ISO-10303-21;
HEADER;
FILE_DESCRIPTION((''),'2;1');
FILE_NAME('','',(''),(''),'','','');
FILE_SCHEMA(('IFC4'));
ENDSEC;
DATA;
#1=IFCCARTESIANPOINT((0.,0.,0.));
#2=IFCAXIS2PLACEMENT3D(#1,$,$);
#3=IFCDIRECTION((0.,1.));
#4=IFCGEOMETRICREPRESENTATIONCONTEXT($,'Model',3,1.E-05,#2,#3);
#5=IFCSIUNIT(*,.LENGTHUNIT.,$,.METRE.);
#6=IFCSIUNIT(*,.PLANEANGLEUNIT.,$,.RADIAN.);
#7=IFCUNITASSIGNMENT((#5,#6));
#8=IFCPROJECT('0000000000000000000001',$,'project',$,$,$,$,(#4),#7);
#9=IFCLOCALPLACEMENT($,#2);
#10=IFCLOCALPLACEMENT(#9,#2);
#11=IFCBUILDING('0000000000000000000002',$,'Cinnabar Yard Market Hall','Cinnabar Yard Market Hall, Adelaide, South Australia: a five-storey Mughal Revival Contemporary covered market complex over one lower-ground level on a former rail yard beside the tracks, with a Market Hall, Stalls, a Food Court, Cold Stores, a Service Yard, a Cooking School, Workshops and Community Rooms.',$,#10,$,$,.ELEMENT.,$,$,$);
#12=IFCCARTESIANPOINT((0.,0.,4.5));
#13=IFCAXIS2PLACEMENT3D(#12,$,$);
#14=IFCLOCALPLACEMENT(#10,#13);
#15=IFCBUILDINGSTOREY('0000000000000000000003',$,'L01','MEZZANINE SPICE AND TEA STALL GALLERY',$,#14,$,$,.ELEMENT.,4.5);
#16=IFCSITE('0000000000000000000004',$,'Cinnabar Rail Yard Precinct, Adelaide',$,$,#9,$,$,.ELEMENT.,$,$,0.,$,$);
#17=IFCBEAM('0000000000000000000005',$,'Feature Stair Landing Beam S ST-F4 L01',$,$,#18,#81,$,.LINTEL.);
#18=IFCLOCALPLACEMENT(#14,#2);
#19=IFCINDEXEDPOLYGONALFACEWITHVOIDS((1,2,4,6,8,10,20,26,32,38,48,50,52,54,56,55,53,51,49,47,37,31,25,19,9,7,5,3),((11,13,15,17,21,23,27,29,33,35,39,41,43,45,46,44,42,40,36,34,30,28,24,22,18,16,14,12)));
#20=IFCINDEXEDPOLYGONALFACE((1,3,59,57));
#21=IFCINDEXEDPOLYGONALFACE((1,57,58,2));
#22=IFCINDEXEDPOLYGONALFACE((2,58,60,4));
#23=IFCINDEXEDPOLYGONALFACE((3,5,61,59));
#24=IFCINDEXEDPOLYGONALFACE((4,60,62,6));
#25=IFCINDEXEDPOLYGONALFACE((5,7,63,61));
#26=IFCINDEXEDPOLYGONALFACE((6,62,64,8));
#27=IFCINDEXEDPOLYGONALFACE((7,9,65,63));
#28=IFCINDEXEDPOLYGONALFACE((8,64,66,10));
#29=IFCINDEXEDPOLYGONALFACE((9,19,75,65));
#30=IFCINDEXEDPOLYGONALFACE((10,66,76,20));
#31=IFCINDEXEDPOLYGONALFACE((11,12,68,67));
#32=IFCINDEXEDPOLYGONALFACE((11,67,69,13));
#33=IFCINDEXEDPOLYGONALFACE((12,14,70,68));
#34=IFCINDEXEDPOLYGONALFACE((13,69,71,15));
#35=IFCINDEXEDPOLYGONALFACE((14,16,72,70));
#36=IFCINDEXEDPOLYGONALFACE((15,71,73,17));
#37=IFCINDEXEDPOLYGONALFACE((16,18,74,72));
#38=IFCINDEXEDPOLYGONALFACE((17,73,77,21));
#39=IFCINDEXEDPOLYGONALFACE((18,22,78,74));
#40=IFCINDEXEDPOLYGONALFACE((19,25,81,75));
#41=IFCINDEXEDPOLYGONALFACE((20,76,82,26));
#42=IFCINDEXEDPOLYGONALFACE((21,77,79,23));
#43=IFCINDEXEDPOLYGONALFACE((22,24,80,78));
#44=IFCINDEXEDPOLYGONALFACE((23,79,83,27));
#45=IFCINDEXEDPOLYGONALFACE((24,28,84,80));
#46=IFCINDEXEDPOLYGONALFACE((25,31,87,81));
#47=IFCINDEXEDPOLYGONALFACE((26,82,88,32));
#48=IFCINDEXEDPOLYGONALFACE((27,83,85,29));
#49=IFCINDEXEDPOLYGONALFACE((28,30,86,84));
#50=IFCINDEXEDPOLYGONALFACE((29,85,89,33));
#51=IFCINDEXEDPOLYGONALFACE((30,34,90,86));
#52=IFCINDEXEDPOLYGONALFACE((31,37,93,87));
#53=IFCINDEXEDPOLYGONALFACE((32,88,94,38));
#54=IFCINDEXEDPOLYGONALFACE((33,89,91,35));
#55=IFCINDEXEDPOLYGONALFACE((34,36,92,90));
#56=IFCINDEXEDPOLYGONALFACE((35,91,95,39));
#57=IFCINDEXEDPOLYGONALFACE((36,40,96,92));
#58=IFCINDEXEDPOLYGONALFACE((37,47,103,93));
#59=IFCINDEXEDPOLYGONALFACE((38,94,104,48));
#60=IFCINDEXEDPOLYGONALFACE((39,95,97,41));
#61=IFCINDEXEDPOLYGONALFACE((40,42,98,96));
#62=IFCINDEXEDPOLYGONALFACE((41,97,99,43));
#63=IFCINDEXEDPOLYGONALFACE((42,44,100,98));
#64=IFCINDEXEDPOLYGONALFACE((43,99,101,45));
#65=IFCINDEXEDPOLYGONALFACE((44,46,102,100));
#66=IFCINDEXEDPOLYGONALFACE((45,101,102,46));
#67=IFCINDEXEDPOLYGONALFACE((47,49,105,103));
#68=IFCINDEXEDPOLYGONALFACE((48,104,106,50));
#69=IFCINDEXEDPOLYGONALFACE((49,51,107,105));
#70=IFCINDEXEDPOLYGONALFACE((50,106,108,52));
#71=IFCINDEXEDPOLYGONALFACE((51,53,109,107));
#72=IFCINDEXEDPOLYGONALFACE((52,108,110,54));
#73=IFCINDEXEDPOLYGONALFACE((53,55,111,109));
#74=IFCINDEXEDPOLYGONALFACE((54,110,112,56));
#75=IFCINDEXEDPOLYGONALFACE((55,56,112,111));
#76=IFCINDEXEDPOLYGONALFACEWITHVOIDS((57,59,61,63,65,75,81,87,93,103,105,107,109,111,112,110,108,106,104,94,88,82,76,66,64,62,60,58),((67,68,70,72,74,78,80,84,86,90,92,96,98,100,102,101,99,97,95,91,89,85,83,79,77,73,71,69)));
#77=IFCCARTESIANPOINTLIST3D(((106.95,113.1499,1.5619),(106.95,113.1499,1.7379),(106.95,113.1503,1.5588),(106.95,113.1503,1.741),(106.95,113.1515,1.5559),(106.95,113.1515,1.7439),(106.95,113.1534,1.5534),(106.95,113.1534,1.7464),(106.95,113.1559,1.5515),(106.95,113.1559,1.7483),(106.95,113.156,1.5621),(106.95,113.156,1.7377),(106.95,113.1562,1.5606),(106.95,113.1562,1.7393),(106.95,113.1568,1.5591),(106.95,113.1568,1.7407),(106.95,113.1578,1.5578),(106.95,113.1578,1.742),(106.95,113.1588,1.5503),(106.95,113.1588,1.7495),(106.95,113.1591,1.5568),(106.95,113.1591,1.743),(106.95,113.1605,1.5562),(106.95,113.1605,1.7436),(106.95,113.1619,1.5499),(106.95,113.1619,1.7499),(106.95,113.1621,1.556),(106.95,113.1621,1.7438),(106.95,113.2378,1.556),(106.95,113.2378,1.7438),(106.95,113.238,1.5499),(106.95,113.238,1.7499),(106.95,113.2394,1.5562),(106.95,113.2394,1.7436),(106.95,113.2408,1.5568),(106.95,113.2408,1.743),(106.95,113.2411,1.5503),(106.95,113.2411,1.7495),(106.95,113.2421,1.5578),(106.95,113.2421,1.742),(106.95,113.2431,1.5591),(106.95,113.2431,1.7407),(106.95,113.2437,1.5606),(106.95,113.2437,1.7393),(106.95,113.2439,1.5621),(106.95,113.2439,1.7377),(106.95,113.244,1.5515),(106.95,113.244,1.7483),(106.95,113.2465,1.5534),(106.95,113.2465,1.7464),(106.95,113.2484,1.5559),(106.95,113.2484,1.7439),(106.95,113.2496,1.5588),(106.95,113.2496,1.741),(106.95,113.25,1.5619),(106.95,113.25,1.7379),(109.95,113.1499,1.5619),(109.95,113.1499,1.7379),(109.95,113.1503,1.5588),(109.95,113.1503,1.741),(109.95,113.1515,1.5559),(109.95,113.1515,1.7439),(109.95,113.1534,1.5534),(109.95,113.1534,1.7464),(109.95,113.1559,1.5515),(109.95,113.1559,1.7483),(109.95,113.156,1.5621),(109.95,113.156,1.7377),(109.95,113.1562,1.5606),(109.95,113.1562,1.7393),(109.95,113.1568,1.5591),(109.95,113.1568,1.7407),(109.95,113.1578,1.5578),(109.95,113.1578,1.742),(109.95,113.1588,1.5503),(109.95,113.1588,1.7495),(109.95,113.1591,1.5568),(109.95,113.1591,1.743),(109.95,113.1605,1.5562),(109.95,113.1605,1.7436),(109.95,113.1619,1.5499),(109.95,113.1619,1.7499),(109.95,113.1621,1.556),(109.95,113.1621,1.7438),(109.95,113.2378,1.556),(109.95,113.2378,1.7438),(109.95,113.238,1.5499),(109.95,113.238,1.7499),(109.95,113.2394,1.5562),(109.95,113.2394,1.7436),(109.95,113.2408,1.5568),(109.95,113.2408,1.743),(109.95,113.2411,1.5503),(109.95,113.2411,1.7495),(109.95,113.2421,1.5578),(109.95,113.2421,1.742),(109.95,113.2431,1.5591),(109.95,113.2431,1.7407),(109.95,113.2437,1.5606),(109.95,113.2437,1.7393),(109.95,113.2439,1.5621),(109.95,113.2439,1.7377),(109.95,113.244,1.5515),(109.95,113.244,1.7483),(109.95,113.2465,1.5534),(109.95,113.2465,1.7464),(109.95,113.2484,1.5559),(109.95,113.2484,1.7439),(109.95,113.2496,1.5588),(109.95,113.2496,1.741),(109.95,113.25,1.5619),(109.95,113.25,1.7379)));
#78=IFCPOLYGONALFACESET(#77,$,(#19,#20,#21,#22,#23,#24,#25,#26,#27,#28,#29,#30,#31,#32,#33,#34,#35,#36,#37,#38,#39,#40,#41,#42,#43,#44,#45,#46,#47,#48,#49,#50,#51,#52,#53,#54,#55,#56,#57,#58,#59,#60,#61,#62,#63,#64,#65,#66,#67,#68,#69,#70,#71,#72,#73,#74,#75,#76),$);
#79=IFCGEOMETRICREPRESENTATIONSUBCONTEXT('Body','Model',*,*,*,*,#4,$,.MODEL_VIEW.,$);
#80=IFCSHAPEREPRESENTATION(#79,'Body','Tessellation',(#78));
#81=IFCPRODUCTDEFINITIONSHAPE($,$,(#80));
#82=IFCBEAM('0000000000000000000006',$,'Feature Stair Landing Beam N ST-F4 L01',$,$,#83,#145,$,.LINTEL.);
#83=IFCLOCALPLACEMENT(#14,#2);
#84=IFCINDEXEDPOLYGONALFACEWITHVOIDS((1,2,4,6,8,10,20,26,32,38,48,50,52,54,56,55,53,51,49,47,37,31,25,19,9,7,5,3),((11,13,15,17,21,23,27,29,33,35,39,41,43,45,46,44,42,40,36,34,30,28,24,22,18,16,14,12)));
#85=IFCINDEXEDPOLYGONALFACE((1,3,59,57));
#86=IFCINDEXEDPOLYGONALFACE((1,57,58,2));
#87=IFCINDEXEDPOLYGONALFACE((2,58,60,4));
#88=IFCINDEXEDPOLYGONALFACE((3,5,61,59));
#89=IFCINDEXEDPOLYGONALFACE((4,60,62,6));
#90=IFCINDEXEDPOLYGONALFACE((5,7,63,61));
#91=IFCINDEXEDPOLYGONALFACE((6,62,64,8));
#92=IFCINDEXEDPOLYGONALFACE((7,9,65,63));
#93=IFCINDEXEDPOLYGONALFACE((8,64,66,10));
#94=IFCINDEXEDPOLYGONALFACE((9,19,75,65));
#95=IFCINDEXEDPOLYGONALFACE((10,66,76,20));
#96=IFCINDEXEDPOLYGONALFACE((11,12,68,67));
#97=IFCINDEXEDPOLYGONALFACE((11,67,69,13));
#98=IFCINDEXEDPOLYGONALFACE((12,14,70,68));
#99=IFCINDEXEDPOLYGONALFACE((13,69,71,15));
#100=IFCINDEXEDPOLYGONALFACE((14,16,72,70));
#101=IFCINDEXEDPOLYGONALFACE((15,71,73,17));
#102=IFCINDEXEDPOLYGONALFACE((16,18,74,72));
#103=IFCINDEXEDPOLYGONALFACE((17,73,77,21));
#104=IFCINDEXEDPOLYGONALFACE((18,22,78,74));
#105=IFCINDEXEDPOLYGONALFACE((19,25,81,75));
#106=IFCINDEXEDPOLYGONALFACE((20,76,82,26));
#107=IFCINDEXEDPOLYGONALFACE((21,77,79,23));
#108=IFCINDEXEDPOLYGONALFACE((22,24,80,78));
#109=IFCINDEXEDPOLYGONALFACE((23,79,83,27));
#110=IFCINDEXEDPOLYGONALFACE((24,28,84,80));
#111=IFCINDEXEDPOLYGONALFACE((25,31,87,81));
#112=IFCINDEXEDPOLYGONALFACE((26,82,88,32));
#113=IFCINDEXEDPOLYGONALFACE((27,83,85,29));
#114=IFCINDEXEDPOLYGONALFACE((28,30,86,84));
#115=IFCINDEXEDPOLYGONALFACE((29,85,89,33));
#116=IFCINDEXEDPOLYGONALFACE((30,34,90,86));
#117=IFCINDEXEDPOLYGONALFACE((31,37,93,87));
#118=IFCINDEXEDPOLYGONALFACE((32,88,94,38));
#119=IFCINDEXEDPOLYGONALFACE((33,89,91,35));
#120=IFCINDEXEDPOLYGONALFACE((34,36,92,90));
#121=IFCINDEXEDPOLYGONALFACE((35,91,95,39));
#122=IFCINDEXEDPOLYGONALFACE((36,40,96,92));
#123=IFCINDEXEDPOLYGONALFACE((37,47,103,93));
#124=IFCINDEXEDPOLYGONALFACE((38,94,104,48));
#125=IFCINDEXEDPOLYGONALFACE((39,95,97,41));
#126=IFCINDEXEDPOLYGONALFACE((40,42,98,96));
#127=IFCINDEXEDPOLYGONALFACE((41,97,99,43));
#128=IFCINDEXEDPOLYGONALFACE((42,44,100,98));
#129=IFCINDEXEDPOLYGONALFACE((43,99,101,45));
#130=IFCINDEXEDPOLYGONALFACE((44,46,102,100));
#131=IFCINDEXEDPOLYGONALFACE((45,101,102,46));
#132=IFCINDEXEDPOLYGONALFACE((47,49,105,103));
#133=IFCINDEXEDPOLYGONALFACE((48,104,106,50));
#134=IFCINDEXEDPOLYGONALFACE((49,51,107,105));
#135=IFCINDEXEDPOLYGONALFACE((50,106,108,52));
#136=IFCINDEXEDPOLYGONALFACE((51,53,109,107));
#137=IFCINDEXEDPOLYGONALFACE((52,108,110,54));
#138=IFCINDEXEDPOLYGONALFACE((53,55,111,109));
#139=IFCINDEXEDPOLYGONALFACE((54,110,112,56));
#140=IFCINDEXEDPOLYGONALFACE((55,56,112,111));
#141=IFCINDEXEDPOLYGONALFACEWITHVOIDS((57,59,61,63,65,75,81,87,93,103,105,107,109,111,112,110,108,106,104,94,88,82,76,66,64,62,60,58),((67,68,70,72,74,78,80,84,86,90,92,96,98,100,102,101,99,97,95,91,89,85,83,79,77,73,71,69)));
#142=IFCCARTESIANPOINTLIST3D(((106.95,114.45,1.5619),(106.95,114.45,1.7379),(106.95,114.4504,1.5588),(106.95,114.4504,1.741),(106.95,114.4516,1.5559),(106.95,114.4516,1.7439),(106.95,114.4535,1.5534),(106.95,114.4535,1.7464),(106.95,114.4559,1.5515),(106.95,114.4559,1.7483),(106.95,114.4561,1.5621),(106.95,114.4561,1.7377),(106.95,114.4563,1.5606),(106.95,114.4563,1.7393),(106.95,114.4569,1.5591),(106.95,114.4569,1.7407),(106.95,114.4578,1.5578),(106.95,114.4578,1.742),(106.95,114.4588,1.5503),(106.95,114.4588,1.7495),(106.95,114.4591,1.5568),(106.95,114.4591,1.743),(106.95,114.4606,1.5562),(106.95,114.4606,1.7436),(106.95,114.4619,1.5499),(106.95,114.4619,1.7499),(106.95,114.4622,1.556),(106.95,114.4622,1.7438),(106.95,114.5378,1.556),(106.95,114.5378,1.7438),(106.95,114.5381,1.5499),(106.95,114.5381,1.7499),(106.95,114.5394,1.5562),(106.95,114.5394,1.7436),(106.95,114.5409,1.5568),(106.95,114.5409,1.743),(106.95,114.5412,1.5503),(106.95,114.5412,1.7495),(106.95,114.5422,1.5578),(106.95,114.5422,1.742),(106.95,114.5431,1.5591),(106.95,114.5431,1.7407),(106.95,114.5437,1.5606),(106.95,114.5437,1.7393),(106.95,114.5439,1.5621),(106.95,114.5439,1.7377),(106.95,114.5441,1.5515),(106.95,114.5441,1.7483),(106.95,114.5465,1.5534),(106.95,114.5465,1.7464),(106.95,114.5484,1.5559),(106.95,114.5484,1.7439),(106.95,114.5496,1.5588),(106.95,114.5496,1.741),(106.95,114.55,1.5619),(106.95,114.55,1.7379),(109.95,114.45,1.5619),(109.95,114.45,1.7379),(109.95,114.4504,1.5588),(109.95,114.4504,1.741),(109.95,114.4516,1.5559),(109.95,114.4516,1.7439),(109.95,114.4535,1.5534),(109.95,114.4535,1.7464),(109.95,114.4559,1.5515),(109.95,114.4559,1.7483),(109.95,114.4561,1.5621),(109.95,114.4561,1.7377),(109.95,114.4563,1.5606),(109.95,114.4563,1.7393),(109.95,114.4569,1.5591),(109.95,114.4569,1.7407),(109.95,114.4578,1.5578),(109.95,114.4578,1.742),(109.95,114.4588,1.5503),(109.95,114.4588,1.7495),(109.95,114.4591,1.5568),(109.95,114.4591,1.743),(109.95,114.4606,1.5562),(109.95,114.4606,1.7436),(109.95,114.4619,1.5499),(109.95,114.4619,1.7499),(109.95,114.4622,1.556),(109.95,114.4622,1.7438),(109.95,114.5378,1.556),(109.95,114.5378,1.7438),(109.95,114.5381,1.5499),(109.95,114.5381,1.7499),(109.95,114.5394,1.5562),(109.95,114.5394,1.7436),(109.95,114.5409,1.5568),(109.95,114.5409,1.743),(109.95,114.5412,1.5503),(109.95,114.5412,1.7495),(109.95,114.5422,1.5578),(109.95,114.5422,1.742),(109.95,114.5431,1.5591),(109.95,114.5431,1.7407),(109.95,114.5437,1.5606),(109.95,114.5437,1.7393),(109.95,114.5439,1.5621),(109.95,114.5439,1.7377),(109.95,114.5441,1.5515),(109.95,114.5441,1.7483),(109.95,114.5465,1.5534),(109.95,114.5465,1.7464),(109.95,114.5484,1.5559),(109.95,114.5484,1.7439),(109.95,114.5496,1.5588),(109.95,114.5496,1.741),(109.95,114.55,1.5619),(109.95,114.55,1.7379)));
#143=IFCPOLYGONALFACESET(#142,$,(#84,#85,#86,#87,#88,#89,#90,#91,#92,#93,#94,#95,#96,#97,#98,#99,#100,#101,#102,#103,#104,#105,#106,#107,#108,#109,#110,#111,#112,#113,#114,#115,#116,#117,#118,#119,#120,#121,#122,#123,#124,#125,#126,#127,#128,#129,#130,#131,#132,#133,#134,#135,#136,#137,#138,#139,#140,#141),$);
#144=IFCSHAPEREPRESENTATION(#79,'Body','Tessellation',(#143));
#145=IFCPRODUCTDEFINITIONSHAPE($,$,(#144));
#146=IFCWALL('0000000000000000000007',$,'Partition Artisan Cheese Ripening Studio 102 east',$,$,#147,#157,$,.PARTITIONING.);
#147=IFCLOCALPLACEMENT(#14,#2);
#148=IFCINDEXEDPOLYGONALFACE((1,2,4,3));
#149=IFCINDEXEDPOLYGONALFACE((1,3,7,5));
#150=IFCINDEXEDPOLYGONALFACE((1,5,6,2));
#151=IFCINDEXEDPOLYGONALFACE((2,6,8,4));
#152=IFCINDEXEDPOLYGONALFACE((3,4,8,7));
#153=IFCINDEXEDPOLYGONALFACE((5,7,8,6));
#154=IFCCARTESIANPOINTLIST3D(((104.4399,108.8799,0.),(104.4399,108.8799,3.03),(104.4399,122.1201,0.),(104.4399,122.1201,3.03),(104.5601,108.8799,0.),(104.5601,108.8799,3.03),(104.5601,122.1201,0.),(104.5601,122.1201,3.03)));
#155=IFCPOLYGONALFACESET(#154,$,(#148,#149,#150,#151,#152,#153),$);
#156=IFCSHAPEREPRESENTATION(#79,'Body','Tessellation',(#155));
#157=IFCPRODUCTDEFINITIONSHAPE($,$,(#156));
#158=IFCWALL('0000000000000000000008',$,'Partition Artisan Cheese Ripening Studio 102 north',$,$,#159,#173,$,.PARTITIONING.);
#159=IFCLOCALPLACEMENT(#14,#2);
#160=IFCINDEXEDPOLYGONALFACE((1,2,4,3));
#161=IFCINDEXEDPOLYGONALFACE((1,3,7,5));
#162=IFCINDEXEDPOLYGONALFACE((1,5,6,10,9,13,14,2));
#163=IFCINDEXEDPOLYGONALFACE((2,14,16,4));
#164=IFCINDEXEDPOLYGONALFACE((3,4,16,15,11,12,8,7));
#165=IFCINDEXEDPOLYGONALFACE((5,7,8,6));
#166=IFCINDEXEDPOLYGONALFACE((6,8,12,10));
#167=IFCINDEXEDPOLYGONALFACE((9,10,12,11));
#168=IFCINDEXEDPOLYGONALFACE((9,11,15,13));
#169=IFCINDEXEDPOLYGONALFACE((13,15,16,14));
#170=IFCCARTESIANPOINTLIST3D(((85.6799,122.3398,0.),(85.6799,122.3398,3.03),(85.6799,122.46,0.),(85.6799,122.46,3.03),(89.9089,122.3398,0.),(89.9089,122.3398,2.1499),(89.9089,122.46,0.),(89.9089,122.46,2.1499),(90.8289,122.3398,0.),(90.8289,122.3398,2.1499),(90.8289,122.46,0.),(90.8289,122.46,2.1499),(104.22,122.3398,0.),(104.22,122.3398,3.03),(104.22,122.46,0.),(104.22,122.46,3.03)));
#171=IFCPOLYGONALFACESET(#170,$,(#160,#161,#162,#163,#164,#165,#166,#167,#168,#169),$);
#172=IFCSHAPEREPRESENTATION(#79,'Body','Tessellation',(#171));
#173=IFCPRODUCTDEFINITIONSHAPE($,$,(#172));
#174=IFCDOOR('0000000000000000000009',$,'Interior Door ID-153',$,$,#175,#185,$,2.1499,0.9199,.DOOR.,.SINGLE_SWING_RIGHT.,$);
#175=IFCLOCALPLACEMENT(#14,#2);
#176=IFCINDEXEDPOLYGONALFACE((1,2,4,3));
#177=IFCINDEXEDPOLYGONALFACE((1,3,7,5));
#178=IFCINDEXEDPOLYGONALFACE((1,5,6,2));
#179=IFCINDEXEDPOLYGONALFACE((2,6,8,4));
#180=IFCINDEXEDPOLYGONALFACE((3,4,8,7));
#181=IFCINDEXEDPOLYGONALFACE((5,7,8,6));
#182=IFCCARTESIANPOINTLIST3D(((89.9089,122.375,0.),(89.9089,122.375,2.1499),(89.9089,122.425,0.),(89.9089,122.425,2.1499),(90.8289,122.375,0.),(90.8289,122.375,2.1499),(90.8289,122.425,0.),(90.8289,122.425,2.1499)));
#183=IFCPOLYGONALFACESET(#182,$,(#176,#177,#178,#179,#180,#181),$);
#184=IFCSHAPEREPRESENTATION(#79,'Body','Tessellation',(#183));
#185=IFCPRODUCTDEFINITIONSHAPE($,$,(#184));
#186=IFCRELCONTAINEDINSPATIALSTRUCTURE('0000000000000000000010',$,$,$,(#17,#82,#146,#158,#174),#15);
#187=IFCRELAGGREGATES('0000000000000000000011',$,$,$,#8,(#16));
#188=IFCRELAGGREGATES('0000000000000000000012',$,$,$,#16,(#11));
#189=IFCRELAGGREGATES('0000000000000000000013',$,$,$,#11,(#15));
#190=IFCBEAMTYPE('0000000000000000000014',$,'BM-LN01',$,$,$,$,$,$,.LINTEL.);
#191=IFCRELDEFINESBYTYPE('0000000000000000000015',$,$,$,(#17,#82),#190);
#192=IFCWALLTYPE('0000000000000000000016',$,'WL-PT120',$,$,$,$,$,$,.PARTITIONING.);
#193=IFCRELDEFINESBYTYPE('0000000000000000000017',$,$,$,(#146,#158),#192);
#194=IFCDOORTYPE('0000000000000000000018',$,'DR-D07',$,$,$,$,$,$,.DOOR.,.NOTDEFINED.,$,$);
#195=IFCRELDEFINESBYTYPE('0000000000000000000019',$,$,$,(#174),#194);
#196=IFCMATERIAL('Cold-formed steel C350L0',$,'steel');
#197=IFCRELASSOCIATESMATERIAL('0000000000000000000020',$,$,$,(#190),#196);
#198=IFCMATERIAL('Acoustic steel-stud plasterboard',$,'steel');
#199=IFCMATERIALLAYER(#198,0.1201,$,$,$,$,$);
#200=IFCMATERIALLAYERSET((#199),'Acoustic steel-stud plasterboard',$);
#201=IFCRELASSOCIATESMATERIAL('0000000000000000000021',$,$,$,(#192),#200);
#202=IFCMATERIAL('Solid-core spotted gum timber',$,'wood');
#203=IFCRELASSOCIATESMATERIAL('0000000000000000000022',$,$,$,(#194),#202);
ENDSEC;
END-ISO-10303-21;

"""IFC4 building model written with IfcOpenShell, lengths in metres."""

from ifc_helpers import new_model, si_unit, direction, frame, frame_2d, origin, origin_2d_with_axis, place, context, subcontext, project, spatial, rectangle, hollow_rectangle, extrude, material, layer, layer_set, material_profile, profile_set, type_object, element, fill, save


model = new_model("IFC4")

# Units and contexts
model_context = context("Model", 3, precision=1e-05, world=origin(), true_north=direction((0.0, 1.0)))
body_context = subcontext(model_context, "Body", "Model", "MODEL_VIEW")
ifc_project = project(units=[si_unit("LENGTHUNIT", "METRE"), si_unit("PLANEANGLEUNIT", "RADIAN")], contexts=[model_context])

# Site, building, storey
site_placement = place(None, origin())
site = spatial("IfcSite", under=ifc_project, at=site_placement, Name="Cinnabar Rail Yard Precinct, Adelaide", CompositionType="ELEMENT", RefElevation=0.0)
building_placement = place(site_placement, origin())
building = spatial("IfcBuilding", under=site, at=building_placement, Name="Cinnabar Yard Market Hall", Description="Cinnabar Yard Market Hall, Adelaide, South Australia: a five-storey Mughal Revival Contemporary covered market complex over one lower-ground level on a former rail yard beside the tracks, with a Market Hall, Stalls, a Food Court, Cold Stores, a Service Yard, a Cooking School, Workshops and Community Rooms.", CompositionType="ELEMENT")
storey_placement = place(building_placement, frame((0.0, 0.0, 4.5)))
storey = spatial("IfcBuildingStorey", under=building, at=storey_placement, Name="L01", Description="MEZZANINE SPICE AND TEA STALL GALLERY", CompositionType="ELEMENT", Elevation=4.5)

# Shared definitions
ifc_material_1 = material(Name="Cold-formed steel C350L0", Category="steel")

# Beams
ifc_material_profile_1 = material_profile(ifc_material_1, hollow_rectangle(XDim=0.1001, YDim=0.2, WallThickness=0.0061, InnerFilletRadius=0.0061, OuterFilletRadius=0.012, at=origin_2d_with_axis()), Name="200x100x6.0RHS")
ifc_profile_set_1 = profile_set([ifc_material_profile_1], Name="Cold-formed steel C350L0")
beam_type_1 = type_object("IfcBeamType", Name="BM-LN01", PredefinedType="LINTEL", material=ifc_profile_set_1)
for number, where, z_axis, x_axis, name in (
    (1, (106.95, 113.2, 1.6499), (1.0, 0.0, 0.0), (0.0, 1.0, 0.0), "Feature Stair Landing Beam S ST-F4 L01"),
    (2, (106.95, 114.5, 1.6499), (1.0, 0.0, 0.0), (0.0, 1.0, 0.0), "Feature Stair Landing Beam N ST-F4 L01"),
):
    element("IfcBeam", number, at=place(storey_placement, frame(where, z_axis=z_axis, x_axis=x_axis)), inside=storey, type_object=beam_type_1, Name=name, PredefinedType="LINTEL", context=body_context, shape_type="SweptSolid", body=[
        extrude(hollow_rectangle(XDim=0.1001, YDim=0.2, WallThickness=0.0061, InnerFilletRadius=0.0061, OuterFilletRadius=0.012, at=origin_2d_with_axis()), origin(), (0.0, 0.0, 1.0), 3.0),
    ])

# Wall
ifc_material_2 = material(Name="Acoustic steel-stud plasterboard", Category="steel")
ifc_layer_1 = layer(ifc_material_2, 0.1201)
ifc_layer_set_1 = layer_set([ifc_layer_1], Name="Acoustic steel-stud plasterboard")
wall_type_1 = type_object("IfcWallType", Name="WL-PT120", PredefinedType="PARTITIONING", material=ifc_layer_set_1)
wall_1_placement = place(storey_placement, frame((104.5, 108.8799, 0.0), z_axis=(0.0, 0.0, 1.0), x_axis=(0.0, 1.0, 0.0)))
element("IfcWall", 3, at=wall_1_placement, inside=storey, type_object=wall_type_1, Name="Partition Artisan Cheese Ripening Studio 102 east", PredefinedType="PARTITIONING", context=body_context, shape_type="SweptSolid", body=[
    extrude(rectangle(XDim=13.2402, YDim=0.1201, at=frame_2d((6.6201, 0.0), x_axis=(1.0, 0.0))), origin(), (0.0, 0.0, 1.0), 3.03),
])

# Wall, opening, door
wall_2_placement = place(storey_placement, frame((104.22, 122.3999, 0.0), z_axis=(0.0, 0.0, 1.0), x_axis=(-1.0, 0.0, 0.0)))
wall_2 = element("IfcWall", 4, at=wall_2_placement, inside=storey, type_object=wall_type_1, Name="Partition Artisan Cheese Ripening Studio 102 north", PredefinedType="PARTITIONING", context=body_context, shape_type="SweptSolid", body=[
    extrude(rectangle(XDim=18.54, YDim=0.1201, at=frame_2d((9.27, 0.0), x_axis=(1.0, 0.0))), origin(), (0.0, 0.0, 1.0), 3.03),
])
opening_1_placement = place(wall_2_placement, frame((13.3911, 0.0, 0.0)))
opening_1 = element("IfcOpeningElement", 5, at=opening_1_placement, cuts=wall_2, PredefinedType="OPENING", context=body_context, shape_type="SweptSolid", body=[
    extrude(rectangle(XDim=0.9199, YDim=2.1499, at=frame_2d((0.46, 1.075), x_axis=(1.0, 0.0))), frame((0.0, 0.0701, 0.0), z_axis=(0.0, -1.0, 0.0), x_axis=(1.0, 0.0, 0.0)), (0.0, 0.0, 1.0), 0.1401),
])
ifc_material_3 = material(Name="Solid-core spotted gum timber", Category="wood")
door_type_1 = type_object("IfcDoorType", Name="DR-D07", OperationType="NOTDEFINED", PredefinedType="DOOR", material=ifc_material_3)
door_1_placement = place(opening_1_placement, origin())
door_1 = element("IfcDoor", 6, at=door_1_placement, inside=storey, type_object=door_type_1, Name="Interior Door ID-153", OperationType="SINGLE_SWING_RIGHT", OverallHeight=2.1499, OverallWidth=0.9199, PredefinedType="DOOR", context=body_context, shape_type="SweptSolid", body=[
    extrude(rectangle(XDim=0.9199, YDim=2.1499, at=frame_2d((0.46, 1.075), x_axis=(1.0, 0.0))), frame((0.0, 0.0249, 0.0), z_axis=(0.0, -1.0, 0.0), x_axis=(1.0, 0.0, 0.0)), (0.0, 0.0, 1.0), 0.05),
])
fill(opening_1, door_1)

save(model, "model.ifc")
